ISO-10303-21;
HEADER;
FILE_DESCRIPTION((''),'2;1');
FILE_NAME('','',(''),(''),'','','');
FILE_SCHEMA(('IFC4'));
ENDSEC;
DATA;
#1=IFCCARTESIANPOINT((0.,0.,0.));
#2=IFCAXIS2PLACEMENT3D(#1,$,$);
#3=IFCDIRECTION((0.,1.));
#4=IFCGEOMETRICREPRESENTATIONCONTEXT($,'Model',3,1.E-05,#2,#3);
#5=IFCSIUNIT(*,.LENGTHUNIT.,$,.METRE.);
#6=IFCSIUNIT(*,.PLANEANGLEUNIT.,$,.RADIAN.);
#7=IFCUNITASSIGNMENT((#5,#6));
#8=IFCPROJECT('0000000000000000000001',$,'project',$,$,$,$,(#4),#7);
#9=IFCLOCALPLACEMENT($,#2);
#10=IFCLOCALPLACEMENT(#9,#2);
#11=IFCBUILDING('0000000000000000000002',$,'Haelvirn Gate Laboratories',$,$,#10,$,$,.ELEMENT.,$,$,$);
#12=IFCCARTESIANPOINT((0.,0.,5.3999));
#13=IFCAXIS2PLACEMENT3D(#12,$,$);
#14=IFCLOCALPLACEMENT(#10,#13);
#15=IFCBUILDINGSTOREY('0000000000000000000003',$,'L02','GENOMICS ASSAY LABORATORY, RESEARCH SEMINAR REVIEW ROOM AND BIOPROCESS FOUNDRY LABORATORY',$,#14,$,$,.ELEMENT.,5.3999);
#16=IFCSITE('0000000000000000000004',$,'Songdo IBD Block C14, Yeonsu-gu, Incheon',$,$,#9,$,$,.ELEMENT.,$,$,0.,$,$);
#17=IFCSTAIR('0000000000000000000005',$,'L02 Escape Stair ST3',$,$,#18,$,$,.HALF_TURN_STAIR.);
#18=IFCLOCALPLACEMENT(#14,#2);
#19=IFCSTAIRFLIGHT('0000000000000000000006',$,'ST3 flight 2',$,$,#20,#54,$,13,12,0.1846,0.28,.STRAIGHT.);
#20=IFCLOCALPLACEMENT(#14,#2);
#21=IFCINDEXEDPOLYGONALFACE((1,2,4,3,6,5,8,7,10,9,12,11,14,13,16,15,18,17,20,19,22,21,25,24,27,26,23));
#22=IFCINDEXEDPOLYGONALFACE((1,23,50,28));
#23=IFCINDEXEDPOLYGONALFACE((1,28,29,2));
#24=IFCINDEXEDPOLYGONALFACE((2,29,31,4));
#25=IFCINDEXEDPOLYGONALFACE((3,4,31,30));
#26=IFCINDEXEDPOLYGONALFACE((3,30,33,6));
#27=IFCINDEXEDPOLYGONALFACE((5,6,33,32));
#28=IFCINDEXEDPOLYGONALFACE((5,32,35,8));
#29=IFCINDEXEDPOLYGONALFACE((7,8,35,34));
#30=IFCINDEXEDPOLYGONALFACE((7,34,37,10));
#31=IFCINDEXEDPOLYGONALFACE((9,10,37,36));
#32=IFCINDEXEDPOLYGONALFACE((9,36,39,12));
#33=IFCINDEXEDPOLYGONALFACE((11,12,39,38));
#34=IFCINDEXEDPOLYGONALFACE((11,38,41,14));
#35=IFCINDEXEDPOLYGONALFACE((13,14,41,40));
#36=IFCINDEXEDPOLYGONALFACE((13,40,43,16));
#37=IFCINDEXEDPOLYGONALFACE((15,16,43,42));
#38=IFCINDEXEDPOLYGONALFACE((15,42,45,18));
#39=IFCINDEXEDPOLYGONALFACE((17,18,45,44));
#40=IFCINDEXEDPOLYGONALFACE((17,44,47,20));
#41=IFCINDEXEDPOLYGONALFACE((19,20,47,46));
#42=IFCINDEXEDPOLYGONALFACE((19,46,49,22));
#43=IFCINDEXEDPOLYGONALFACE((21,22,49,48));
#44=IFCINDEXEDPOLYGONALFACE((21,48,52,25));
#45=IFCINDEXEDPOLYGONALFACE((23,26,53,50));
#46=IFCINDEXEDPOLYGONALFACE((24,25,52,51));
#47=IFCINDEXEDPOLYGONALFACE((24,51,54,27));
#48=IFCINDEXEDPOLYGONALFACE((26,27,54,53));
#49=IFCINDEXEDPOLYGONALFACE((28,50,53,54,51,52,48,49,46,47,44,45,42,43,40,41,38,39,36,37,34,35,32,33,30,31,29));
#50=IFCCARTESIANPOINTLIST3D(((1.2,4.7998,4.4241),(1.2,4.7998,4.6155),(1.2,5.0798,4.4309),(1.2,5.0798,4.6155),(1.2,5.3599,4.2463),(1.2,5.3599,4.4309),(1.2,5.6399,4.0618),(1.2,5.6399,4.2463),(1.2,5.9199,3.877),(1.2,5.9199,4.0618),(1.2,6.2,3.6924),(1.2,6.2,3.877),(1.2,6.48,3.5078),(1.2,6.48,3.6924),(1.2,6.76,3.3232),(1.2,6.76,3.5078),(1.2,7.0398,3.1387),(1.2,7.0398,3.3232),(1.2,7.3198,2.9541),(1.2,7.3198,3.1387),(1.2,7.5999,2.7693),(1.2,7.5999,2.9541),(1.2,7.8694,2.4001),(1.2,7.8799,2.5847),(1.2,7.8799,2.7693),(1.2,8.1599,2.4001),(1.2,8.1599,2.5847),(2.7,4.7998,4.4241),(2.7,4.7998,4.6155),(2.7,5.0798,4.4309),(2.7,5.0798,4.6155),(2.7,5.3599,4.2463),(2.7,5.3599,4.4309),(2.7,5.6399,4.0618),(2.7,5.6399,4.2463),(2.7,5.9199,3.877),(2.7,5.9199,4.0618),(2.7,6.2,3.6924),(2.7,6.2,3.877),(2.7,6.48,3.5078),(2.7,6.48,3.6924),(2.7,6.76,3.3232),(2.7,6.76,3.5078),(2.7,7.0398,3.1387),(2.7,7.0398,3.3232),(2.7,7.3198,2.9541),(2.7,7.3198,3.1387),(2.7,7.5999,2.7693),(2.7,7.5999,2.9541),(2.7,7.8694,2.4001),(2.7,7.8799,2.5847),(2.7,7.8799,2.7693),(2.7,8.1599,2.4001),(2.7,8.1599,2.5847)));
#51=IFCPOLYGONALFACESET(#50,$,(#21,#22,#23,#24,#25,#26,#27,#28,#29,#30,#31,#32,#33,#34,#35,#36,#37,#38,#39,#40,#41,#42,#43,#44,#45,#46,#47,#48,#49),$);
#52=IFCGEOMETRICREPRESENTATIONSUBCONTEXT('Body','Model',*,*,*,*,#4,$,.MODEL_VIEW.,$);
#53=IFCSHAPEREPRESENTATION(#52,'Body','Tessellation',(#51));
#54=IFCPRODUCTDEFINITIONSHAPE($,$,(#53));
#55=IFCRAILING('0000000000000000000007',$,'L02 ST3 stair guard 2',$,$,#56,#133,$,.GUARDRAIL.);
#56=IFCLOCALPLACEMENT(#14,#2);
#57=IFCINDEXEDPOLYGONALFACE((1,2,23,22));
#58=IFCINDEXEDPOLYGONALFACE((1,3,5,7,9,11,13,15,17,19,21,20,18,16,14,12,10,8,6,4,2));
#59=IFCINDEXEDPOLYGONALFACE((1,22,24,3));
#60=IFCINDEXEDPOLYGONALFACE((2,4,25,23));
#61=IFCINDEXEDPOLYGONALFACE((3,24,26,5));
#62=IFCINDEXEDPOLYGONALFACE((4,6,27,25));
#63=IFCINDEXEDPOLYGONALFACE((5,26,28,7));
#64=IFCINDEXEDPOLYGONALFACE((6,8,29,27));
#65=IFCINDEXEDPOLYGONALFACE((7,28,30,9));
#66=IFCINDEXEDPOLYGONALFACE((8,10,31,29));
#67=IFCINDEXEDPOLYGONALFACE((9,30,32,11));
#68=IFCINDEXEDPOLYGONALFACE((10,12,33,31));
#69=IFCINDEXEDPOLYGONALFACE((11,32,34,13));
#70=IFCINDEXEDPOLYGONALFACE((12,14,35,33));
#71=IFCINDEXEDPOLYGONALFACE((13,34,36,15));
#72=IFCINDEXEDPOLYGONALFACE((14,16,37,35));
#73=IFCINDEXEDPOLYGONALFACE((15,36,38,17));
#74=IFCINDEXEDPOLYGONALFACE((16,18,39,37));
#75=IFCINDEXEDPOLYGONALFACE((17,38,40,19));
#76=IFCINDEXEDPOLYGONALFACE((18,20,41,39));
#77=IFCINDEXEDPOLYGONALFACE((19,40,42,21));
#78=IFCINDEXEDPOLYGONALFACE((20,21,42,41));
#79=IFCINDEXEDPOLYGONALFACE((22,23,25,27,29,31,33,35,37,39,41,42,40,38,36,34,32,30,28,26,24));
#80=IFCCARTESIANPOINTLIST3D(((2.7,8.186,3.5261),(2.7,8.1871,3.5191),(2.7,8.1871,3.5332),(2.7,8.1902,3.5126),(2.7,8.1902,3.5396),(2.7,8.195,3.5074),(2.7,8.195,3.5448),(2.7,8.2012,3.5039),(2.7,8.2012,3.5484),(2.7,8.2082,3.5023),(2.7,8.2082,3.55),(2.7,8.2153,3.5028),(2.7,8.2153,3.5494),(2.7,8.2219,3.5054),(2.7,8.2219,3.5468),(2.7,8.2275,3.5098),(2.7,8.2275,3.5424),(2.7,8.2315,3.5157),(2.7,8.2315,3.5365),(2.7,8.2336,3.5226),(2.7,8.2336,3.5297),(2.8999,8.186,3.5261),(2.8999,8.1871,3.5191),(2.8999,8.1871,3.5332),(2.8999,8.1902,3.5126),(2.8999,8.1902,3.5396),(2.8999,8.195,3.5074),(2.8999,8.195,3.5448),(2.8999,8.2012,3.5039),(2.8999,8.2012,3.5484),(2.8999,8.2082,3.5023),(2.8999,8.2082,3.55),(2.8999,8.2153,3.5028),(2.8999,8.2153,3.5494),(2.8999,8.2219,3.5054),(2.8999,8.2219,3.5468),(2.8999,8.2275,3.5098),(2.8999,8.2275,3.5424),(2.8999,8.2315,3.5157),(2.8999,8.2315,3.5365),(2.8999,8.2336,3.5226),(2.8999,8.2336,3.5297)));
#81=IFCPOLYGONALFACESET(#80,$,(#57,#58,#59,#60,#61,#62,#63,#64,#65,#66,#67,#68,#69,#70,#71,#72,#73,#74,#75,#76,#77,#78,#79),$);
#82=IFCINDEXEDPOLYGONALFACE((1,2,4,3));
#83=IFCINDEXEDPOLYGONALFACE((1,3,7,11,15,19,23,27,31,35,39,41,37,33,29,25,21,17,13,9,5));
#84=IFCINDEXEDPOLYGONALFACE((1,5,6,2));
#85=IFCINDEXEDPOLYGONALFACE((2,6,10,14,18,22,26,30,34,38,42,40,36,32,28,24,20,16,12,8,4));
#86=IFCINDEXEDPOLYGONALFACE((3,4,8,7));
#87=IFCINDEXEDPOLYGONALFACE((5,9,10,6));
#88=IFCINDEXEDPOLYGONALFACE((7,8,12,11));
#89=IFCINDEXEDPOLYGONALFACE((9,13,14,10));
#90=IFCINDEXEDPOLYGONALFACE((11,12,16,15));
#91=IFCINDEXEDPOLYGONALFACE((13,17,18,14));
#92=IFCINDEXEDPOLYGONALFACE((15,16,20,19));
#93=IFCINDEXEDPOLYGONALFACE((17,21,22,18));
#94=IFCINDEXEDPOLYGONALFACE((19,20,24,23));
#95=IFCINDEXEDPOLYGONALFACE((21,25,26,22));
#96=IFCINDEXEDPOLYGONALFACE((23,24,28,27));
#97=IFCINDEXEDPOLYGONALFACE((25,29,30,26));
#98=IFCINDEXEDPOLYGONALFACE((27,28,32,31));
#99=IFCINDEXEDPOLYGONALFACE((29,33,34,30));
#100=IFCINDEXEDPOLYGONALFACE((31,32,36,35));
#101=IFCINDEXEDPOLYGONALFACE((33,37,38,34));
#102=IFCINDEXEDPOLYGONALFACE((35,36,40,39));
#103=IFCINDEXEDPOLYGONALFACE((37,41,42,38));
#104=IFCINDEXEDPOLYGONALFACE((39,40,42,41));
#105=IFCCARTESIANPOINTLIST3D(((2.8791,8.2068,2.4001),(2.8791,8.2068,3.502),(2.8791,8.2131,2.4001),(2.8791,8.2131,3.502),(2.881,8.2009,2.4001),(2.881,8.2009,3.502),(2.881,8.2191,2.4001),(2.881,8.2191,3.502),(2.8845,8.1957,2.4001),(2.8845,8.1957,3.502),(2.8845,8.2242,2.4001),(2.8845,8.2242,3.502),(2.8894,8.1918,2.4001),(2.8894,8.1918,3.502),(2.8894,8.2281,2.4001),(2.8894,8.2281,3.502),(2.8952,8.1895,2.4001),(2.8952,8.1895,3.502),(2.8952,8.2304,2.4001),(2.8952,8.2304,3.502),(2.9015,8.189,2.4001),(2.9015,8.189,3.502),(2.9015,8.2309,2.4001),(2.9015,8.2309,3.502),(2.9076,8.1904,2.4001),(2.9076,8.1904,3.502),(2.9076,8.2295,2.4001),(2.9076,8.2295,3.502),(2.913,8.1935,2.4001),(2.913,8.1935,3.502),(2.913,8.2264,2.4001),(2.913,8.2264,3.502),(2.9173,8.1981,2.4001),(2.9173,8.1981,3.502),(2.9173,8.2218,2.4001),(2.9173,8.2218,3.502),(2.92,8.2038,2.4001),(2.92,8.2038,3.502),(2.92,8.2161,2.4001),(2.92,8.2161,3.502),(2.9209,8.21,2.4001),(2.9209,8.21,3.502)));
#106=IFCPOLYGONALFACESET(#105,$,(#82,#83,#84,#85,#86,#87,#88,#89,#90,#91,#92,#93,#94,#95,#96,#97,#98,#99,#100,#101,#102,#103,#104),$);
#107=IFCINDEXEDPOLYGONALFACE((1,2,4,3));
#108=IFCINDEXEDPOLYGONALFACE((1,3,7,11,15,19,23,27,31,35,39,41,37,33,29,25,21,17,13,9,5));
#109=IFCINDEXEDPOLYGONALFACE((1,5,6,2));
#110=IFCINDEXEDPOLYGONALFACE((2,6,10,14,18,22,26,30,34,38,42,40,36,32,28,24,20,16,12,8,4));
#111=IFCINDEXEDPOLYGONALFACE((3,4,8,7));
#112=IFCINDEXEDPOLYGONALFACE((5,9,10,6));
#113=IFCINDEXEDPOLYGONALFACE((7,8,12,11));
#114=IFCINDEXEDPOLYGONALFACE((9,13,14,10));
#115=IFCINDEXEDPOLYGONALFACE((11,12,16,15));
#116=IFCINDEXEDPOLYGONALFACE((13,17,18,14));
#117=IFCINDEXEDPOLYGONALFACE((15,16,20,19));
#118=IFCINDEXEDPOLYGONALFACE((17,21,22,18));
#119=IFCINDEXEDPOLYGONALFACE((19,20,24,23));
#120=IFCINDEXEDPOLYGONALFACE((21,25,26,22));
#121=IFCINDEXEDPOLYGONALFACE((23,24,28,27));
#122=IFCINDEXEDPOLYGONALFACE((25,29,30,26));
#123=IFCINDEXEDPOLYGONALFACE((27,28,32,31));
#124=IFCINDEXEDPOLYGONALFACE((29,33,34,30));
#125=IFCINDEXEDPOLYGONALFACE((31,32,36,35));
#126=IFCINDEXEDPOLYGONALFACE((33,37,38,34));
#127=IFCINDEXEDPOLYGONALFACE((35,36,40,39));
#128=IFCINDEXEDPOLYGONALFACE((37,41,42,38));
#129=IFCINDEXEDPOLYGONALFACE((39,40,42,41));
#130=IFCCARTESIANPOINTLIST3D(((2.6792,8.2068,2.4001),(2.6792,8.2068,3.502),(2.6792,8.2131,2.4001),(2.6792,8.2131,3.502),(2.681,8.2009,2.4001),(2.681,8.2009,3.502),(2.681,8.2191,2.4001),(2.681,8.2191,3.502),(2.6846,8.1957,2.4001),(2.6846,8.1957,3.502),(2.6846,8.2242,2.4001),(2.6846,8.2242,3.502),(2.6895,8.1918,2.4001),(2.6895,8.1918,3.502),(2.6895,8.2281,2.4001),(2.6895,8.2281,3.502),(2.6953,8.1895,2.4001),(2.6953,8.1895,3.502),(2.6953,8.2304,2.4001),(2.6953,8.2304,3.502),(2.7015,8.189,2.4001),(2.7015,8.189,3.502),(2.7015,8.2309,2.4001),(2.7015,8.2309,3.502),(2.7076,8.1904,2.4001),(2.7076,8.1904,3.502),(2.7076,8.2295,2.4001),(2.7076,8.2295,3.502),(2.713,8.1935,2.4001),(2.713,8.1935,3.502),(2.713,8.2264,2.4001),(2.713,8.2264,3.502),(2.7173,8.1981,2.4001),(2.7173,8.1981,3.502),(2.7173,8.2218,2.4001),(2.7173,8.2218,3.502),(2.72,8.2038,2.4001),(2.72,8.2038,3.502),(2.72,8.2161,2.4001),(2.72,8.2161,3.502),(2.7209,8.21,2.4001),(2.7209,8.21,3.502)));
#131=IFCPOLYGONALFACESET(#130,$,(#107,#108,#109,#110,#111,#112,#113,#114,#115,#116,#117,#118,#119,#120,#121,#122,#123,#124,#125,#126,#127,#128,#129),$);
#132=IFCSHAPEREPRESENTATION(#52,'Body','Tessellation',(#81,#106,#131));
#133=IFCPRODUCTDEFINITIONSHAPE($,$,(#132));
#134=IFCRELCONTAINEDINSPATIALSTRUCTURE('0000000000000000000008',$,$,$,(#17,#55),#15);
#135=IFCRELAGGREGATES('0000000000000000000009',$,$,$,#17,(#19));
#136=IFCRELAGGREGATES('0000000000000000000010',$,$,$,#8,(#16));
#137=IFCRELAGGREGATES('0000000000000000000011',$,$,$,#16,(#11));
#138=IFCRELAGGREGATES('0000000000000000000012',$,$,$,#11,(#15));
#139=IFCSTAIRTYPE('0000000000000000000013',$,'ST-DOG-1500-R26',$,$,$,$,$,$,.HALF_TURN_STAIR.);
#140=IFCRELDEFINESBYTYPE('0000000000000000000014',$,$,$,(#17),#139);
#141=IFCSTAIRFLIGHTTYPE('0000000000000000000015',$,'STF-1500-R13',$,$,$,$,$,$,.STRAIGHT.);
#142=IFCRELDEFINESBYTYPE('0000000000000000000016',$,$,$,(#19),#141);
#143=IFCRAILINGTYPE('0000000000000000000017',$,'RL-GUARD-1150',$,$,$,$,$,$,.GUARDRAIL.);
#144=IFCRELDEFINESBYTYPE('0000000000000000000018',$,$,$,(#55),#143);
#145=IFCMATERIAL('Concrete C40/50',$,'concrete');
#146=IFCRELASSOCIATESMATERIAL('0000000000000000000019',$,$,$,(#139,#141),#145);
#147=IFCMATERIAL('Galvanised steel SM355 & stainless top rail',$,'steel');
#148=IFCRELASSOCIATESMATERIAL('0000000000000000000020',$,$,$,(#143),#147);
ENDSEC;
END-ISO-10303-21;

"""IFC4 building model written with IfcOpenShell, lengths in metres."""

from ifc_helpers import new_model, si_unit, direction, frame, origin, origin_2d, place, context, subcontext, project, spatial, polyline, circle, outline, extrude, source, transform, mapped, material, type_object, type_shapes, element, aggregate, save


model = new_model("IFC4")

# Units and contexts
model_context = context("Model", 3, precision=1e-05, world=origin(), true_north=direction((0.0, 1.0)))
body_context = subcontext(model_context, "Body", "Model", "MODEL_VIEW")
ifc_project = project(units=[si_unit("LENGTHUNIT", "METRE"), si_unit("PLANEANGLEUNIT", "RADIAN")], contexts=[model_context])

# Site, building, storey
site_placement = place(None, origin())
site = spatial("IfcSite", under=ifc_project, at=site_placement, Name="Songdo IBD Block C14, Yeonsu-gu, Incheon", CompositionType="ELEMENT", RefElevation=0.0)
building_placement = place(site_placement, origin())
building = spatial("IfcBuilding", under=site, at=building_placement, Name="Haelvirn Gate Laboratories", CompositionType="ELEMENT")
storey_placement = place(building_placement, frame((0.0, 0.0, 5.3999)))
storey = spatial("IfcBuildingStorey", under=building, at=storey_placement, Name="L02", Description="GENOMICS ASSAY LABORATORY, RESEARCH SEMINAR REVIEW ROOM AND BIOPROCESS FOUNDRY LABORATORY", CompositionType="ELEMENT", Elevation=5.3999)

# Shared definitions
ifc_material_1 = material(Name="Concrete C40/50", Category="concrete")

# Stair, stair flight
stair_type = type_object("IfcStairType", Name="ST-DOG-1500-R26", PredefinedType="HALF_TURN_STAIR", material=ifc_material_1)
stair_placement = place(storey_placement, origin())
stair = element("IfcStair", 1, at=stair_placement, inside=storey, type_object=stair_type, Name="L02 Escape Stair ST3", PredefinedType="HALF_TURN_STAIR")
stair_flight_type = type_object("IfcStairFlightType", Name="STF-1500-R13", PredefinedType="STRAIGHT", material=ifc_material_1)
shared_shape_1 = source(origin(), body_context, "Body", "SweptSolid", [
    extrude(outline(polyline([(0.0, 0.0), (0.0, 0.1846), (0.28, 0.1846), (0.28, 0.3691), (0.5601, 0.3691), (0.5601, 0.554), (0.8401, 0.554), (0.8401, 0.7385), (1.1201, 0.7385), (1.1201, 0.9231), (1.3999, 0.9231), (1.3999, 1.1077), (1.6799, 1.1077), (1.6799, 1.2922), (1.96, 1.2922), (1.96, 1.4768), (2.24, 1.4768), (2.24, 1.6616), (2.52, 1.6616), (2.52, 1.8462), (2.8, 1.8462), (2.8, 2.0308), (3.0801, 2.0308), (3.0801, 2.2153), (3.3601, 2.2153), (3.3601, 2.3999), (3.3601, 2.0239), (0.2905, 0.0), (0.0, 0.0)])), frame((0.0, 0.75, 0.0), z_axis=(0.0, -1.0, 0.0), x_axis=(1.0, 0.0, 0.0)), (0.0, 0.0, 1.0), 1.5),
])
type_shapes(stair_flight_type, [shared_shape_1])
stair_flight_placement = place(storey_placement, frame((1.95, 8.1599, 2.4001), z_axis=(0.0, 0.0, 1.0), x_axis=(0.0, -1.0, 0.0)))
stair_flight = element("IfcStairFlight", 2, at=stair_flight_placement, type_object=stair_flight_type, Name="ST3 flight 2", NumberOfRisers=13, NumberOfTreads=12, PredefinedType="STRAIGHT", RiserHeight=0.1846, TreadLength=0.28, context=body_context, shape_type="MappedRepresentation", body=[
    mapped(shared_shape_1, transform((0.0, 0.0, 0.0), scale=1.0)),
])
aggregate(stair, [stair_flight])

# Railing
ifc_material_2 = material(Name="Galvanised steel SM355 & stainless top rail", Category="steel")
railing_type_1 = type_object("IfcRailingType", Name="RL-GUARD-1150", PredefinedType="GUARDRAIL", material=ifc_material_2)
shared_shape_2 = source(origin(), body_context, "Body", "SweptSolid", [
    extrude(circle(Radius=0.0239, at=origin_2d()), frame((0.0, 0.0, 1.126), z_axis=(-1.0, 0.0, 0.0), x_axis=(0.0, -1.0, 0.0)), (0.0, 0.0, 1.0), 0.2),
    extrude(circle(Radius=0.021, at=origin_2d()), origin(), (0.0, 0.0, 1.0), 1.1018),
    extrude(circle(Radius=0.021, at=origin_2d()), frame((-0.2, 0.0, 0.0)), (0.0, 0.0, 1.0), 1.1018),
])
railing_1_placement = place(storey_placement, frame((2.8999, 8.21, 2.4001)))
element("IfcRailing", 3, at=railing_1_placement, inside=storey, type_object=railing_type_1, Name="L02 ST3 stair guard 2", PredefinedType="GUARDRAIL", context=body_context, shape_type="MappedRepresentation", body=[
    mapped(shared_shape_2, transform((0.0, 0.0, 0.0), scale=1.0)),
])

save(model, "model.ifc")
